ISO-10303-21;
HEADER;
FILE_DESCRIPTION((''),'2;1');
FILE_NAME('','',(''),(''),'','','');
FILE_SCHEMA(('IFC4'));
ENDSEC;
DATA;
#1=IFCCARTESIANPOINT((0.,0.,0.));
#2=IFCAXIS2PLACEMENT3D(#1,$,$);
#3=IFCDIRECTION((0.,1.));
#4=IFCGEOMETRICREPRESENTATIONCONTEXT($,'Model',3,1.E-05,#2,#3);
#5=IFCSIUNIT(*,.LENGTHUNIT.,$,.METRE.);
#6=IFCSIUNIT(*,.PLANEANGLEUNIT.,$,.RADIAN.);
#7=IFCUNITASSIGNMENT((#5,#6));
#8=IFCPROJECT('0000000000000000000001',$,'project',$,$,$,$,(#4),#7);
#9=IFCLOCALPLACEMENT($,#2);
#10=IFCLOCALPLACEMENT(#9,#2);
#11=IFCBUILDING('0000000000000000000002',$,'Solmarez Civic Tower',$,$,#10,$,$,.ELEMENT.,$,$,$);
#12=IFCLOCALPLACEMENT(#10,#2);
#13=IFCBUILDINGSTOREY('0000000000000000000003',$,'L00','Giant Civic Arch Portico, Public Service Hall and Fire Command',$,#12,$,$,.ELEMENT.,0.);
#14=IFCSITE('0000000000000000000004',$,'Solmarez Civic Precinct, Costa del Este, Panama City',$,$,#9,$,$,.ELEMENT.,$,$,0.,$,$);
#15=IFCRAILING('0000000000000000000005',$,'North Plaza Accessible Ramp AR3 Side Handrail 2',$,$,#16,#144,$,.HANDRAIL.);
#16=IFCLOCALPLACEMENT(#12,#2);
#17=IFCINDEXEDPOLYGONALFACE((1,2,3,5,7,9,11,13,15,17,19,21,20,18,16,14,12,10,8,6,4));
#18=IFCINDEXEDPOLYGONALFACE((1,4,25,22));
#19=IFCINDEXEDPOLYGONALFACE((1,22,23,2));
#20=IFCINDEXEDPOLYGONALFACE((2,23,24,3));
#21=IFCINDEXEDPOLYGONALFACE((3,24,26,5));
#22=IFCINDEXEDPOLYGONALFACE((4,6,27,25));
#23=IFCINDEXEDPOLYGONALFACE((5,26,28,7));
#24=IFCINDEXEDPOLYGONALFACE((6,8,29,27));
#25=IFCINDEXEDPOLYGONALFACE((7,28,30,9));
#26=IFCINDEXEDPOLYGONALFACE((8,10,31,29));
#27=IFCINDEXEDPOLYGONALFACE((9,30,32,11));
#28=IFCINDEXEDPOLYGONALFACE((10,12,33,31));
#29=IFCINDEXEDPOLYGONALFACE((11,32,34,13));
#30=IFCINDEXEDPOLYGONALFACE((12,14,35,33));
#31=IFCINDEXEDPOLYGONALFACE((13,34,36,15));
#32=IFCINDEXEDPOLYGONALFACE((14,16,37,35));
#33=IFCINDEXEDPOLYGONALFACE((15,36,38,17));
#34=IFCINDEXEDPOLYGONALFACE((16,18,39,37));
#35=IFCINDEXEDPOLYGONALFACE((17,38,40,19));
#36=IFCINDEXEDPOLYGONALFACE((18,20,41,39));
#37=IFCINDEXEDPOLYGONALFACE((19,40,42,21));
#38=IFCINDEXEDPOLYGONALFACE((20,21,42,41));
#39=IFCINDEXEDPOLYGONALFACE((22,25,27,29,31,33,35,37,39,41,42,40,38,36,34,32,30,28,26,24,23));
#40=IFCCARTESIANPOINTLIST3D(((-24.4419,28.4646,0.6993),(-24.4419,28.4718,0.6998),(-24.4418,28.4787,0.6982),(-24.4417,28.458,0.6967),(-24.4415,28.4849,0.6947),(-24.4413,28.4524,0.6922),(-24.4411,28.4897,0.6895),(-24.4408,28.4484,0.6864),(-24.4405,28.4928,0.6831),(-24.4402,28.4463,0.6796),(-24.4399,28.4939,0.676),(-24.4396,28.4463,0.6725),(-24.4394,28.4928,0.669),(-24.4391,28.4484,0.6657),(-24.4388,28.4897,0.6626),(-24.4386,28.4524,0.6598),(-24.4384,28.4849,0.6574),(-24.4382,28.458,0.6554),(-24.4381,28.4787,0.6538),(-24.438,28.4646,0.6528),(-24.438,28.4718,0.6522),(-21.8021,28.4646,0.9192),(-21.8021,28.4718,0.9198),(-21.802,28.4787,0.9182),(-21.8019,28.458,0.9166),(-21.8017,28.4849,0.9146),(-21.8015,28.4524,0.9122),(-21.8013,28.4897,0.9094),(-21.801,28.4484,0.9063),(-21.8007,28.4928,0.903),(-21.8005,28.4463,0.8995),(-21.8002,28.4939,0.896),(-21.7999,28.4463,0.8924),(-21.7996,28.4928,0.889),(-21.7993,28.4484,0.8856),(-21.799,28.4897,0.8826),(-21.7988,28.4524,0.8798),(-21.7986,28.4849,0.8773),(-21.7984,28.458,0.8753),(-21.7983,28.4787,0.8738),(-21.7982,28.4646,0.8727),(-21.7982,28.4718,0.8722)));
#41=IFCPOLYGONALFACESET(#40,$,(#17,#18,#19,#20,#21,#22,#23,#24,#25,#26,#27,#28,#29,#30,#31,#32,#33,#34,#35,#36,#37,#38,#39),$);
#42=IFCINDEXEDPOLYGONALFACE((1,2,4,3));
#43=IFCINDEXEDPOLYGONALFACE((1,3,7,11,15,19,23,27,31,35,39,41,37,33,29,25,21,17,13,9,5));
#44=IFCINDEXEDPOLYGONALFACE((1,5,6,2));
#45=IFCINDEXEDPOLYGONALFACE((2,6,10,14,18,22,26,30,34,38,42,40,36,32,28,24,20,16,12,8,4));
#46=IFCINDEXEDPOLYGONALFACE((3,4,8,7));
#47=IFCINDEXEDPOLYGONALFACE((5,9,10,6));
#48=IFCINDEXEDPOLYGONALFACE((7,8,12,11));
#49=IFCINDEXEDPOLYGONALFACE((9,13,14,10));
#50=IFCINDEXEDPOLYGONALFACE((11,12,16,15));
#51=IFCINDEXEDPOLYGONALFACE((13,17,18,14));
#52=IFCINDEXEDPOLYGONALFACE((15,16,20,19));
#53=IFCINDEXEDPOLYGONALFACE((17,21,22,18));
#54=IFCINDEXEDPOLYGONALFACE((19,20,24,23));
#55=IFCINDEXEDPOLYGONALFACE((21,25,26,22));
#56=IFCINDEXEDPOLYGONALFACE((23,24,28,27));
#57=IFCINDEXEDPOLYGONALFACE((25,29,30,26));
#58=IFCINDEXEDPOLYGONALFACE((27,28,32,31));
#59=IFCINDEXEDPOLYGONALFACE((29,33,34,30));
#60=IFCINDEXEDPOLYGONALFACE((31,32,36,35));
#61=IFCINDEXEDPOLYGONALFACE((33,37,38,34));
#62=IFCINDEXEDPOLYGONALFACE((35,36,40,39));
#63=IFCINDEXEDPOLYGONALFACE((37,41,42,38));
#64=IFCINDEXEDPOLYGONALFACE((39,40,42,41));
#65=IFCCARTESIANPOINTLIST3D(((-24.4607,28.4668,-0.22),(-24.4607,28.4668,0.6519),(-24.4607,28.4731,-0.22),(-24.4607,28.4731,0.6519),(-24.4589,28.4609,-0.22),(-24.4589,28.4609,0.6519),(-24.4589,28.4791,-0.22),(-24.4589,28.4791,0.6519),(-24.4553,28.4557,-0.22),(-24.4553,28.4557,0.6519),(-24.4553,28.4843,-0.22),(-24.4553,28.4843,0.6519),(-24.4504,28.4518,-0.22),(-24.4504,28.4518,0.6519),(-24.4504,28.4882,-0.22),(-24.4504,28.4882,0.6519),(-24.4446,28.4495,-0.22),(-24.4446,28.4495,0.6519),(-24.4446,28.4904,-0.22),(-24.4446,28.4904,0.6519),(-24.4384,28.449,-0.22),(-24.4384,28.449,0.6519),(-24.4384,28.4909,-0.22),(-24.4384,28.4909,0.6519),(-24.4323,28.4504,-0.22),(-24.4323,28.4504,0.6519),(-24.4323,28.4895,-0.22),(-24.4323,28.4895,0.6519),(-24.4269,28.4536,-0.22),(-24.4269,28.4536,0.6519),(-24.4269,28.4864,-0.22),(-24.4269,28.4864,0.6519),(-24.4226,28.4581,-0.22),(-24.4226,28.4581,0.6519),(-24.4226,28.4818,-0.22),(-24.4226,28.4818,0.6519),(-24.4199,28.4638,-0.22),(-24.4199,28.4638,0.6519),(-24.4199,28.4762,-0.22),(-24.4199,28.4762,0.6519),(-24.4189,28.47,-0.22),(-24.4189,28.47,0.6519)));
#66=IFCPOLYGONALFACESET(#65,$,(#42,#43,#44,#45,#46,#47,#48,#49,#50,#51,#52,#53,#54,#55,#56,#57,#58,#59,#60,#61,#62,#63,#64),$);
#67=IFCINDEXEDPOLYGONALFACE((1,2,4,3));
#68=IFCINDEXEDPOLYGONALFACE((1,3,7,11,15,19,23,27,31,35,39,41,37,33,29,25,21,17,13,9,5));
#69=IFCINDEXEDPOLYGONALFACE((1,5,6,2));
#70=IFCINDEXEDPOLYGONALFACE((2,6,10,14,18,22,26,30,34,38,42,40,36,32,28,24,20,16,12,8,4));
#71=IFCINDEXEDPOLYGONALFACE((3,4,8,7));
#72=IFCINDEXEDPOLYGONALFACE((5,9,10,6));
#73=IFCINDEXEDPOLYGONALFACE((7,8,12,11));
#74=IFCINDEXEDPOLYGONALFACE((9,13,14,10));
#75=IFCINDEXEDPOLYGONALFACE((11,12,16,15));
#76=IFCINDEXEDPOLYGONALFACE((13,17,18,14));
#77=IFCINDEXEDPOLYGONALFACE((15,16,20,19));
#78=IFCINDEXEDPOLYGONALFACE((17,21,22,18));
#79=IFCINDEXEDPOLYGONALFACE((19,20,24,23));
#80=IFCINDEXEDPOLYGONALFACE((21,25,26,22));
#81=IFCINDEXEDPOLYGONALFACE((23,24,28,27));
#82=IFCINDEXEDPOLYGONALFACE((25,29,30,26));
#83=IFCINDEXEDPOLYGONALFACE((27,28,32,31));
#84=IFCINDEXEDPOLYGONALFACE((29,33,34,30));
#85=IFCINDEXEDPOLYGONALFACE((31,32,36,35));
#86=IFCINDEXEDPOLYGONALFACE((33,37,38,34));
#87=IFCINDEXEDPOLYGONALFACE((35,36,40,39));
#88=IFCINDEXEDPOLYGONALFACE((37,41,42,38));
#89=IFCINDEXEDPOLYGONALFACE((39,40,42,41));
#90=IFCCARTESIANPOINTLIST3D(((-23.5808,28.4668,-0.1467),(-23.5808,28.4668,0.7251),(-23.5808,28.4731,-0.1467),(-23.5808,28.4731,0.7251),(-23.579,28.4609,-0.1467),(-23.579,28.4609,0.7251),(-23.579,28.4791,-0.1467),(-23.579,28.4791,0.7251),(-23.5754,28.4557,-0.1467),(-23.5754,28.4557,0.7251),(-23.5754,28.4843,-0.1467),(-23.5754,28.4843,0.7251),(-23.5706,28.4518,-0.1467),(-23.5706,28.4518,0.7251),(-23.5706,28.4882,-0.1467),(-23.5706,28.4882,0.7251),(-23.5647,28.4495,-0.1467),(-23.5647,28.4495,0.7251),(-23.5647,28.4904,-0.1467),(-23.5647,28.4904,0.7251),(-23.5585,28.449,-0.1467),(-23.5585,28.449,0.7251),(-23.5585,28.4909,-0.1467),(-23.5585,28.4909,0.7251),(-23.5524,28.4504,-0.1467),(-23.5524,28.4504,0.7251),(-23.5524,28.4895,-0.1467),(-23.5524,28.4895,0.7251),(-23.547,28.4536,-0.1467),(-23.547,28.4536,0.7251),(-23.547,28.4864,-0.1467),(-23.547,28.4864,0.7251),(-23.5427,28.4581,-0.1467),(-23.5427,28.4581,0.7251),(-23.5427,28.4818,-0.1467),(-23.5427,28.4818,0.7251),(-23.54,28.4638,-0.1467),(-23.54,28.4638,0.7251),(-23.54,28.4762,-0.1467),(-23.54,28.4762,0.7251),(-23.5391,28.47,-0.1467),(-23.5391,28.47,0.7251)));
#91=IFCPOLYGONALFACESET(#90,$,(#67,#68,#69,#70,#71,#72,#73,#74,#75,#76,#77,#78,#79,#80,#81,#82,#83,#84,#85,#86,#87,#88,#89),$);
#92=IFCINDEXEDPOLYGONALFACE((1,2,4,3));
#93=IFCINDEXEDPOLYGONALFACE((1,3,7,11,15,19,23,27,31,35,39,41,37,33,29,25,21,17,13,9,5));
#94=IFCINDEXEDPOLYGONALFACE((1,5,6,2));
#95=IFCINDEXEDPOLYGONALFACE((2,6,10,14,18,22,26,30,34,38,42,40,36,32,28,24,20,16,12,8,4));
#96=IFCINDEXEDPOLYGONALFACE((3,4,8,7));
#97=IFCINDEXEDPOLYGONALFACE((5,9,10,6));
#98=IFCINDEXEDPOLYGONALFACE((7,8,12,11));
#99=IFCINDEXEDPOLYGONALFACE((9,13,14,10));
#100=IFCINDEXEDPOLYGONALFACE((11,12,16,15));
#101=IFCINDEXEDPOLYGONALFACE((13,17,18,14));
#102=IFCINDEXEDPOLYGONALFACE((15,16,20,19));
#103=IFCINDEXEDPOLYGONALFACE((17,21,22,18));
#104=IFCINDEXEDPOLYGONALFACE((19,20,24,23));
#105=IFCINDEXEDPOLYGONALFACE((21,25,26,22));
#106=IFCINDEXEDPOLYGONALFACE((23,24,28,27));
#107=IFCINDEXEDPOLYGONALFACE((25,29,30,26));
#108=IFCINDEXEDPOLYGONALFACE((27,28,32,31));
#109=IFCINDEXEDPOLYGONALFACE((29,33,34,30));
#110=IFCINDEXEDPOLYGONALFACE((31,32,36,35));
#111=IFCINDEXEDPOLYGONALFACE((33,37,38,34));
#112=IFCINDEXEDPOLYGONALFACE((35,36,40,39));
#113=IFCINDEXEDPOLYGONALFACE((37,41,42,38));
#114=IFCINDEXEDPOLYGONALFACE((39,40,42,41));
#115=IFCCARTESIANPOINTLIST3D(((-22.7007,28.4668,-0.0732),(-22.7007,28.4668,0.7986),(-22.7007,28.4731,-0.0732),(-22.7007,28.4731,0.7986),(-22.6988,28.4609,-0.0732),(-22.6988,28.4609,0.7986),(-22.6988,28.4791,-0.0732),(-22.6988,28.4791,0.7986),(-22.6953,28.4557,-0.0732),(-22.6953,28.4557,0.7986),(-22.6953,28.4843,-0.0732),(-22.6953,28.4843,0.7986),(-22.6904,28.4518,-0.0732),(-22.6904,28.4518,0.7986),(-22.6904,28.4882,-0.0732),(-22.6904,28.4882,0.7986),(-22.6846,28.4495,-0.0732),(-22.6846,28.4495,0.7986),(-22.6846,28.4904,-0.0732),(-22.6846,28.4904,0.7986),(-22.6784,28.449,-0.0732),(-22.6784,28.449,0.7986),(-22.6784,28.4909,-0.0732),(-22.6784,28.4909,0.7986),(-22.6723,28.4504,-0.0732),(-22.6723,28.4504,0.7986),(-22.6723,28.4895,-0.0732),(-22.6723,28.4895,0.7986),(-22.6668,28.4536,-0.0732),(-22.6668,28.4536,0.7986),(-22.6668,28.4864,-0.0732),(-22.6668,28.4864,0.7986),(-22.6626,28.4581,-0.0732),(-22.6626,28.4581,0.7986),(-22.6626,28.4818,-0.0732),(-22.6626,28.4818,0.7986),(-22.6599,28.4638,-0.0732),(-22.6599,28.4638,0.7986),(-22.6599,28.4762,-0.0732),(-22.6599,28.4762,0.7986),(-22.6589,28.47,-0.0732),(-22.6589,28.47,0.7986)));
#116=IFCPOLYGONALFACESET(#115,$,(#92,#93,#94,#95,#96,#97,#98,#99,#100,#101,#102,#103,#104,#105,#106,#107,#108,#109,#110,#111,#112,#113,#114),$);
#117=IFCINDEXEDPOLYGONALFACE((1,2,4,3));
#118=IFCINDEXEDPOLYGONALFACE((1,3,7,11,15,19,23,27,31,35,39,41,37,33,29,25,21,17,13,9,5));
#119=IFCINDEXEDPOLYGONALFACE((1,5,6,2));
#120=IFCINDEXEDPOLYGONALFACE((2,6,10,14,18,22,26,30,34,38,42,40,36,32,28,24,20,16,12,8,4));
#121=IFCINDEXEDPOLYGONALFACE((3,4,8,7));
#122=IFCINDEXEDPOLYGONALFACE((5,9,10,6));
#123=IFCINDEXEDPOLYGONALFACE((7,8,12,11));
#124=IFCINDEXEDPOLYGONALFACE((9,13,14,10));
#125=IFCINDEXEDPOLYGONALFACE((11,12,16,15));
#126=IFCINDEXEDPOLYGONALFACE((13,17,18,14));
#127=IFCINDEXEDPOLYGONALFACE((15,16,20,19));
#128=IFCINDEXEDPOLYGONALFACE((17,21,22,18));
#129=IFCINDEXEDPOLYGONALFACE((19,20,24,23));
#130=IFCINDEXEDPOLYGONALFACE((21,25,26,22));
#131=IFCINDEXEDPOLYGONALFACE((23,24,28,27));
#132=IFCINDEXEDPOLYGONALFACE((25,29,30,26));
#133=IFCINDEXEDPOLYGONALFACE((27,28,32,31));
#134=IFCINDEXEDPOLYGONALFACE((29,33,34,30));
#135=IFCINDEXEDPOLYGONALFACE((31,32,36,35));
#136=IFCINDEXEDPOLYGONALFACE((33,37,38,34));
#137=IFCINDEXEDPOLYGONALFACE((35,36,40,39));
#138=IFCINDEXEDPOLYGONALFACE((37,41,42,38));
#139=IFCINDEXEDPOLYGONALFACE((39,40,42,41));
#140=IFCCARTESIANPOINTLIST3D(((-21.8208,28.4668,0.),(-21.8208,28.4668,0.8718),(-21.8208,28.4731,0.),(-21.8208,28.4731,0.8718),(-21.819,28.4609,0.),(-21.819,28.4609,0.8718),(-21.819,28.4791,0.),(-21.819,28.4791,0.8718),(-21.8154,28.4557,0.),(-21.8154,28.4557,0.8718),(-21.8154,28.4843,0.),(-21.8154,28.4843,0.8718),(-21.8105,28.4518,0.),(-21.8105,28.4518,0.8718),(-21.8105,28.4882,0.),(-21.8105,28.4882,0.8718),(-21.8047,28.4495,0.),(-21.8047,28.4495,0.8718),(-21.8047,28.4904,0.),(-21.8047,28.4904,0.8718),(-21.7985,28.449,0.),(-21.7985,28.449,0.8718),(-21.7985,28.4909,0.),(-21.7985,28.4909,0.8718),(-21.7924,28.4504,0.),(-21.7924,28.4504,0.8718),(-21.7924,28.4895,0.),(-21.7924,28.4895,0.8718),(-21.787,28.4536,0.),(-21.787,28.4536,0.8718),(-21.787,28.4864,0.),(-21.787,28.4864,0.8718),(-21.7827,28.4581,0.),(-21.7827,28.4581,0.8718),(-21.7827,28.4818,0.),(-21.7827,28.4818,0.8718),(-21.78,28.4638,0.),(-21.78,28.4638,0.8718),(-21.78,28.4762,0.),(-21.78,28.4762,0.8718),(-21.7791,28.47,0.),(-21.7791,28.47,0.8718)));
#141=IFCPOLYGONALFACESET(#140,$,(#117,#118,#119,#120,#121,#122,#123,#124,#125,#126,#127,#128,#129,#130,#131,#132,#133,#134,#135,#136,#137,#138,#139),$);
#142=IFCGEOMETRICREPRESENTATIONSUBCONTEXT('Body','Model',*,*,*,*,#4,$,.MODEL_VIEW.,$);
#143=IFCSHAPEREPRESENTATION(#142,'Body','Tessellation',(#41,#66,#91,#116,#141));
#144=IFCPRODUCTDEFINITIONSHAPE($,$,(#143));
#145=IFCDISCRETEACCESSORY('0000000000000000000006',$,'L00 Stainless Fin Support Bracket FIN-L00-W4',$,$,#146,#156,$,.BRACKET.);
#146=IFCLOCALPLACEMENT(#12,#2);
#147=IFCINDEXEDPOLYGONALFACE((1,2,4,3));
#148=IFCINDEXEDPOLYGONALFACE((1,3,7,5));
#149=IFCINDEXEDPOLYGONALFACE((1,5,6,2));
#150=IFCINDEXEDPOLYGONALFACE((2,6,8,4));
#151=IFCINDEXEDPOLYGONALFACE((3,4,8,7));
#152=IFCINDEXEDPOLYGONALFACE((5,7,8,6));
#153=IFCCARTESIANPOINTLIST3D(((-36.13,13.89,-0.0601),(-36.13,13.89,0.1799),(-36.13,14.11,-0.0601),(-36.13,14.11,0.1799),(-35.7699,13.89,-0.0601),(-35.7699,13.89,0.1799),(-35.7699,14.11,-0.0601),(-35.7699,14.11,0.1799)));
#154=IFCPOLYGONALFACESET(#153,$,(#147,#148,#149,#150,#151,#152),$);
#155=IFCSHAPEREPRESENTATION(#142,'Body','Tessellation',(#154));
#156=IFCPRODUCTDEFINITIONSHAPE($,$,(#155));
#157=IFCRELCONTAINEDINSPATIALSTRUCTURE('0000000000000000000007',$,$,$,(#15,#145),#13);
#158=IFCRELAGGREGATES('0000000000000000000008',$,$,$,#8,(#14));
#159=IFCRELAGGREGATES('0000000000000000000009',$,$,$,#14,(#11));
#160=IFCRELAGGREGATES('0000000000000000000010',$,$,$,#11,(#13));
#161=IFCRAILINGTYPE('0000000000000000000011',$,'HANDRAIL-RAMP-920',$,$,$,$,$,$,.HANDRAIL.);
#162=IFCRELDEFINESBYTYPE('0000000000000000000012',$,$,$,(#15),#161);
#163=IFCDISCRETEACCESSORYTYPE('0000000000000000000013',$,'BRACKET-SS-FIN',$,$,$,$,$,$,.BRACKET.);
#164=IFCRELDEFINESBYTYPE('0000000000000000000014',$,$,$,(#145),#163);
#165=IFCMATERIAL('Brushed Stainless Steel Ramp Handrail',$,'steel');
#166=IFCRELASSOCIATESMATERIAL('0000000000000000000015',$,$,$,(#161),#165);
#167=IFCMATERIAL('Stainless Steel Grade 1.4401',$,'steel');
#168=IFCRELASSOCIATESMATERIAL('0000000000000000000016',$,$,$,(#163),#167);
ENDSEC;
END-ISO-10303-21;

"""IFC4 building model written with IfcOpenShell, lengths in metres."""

from ifc_helpers import new_model, si_unit, direction, frame, origin, origin_2d, place, context, subcontext, project, spatial, rectangle, circle, extrude, material, type_object, element, save


model = new_model("IFC4")

# Units and contexts
model_context = context("Model", 3, precision=1e-05, world=origin(), true_north=direction((0.0, 1.0)))
body_context = subcontext(model_context, "Body", "Model", "MODEL_VIEW")
ifc_project = project(units=[si_unit("LENGTHUNIT", "METRE"), si_unit("PLANEANGLEUNIT", "RADIAN")], contexts=[model_context])

# Site, building, storey
site_placement = place(None, origin())
site = spatial("IfcSite", under=ifc_project, at=site_placement, Name="Solmarez Civic Precinct, Costa del Este, Panama City", CompositionType="ELEMENT", RefElevation=0.0)
building_placement = place(site_placement, origin())
building = spatial("IfcBuilding", under=site, at=building_placement, Name="Solmarez Civic Tower", CompositionType="ELEMENT")
storey_placement = place(building_placement, origin())
storey = spatial("IfcBuildingStorey", under=building, at=storey_placement, Name="L00", Description="Giant Civic Arch Portico, Public Service Hall and Fire Command", CompositionType="ELEMENT", Elevation=0.0)

# Railing
ifc_material_1 = material(Name="Brushed Stainless Steel Ramp Handrail", Category="steel")
railing_type = type_object("IfcRailingType", Name="HANDRAIL-RAMP-920", PredefinedType="HANDRAIL", material=ifc_material_1)
for number, where, name in (
    (1, (-24.4399, 28.47, -0.22), "North Plaza Accessible Ramp AR3 Side Handrail 2"),
):
    element("IfcRailing", number, at=place(storey_placement, frame(where)), inside=storey, type_object=railing_type, Name=name, PredefinedType="HANDRAIL", context=body_context, shape_type="SweptSolid", body=[
        extrude(circle(Radius=0.0239, at=origin_2d()), frame((0.0, 0.0, 0.896), z_axis=(0.996546, 0.0, 0.083038), x_axis=(0.0, 1.0, 0.0)), (0.0, 0.0, 1.0), 2.6489),
        extrude(circle(Radius=0.021, at=origin_2d()), origin(), (0.0, 0.0, 1.0), 0.8718),
        extrude(circle(Radius=0.021, at=origin_2d()), frame((0.8799, 0.0, 0.0732)), (0.0, 0.0, 1.0), 0.8718),
        extrude(circle(Radius=0.021, at=origin_2d()), frame((1.76, 0.0, 0.1467)), (0.0, 0.0, 1.0), 0.8718),
        extrude(circle(Radius=0.021, at=origin_2d()), frame((2.6399, 0.0, 0.22)), (0.0, 0.0, 1.0), 0.8718),
    ])

# Discrete accessory
ifc_material_2 = material(Name="Stainless Steel Grade 1.4401", Category="steel")
discrete_accessory_type = type_object("IfcDiscreteAccessoryType", Name="BRACKET-SS-FIN", PredefinedType="BRACKET", material=ifc_material_2)
discrete_accessory_placement = place(storey_placement, frame((-35.95, 14.0, -0.0601), z_axis=(0.0, 0.0, 1.0), x_axis=(-1.0, 0.0, 0.0)))
element("IfcDiscreteAccessory", 2, at=discrete_accessory_placement, inside=storey, type_object=discrete_accessory_type, Name="L00 Stainless Fin Support Bracket FIN-L00-W4", PredefinedType="BRACKET", context=body_context, shape_type="SweptSolid", body=[
    extrude(rectangle(XDim=0.3601, YDim=0.22, at=origin_2d()), origin(), (0.0, 0.0, 1.0), 0.24),
])

save(model, "model.ifc")
